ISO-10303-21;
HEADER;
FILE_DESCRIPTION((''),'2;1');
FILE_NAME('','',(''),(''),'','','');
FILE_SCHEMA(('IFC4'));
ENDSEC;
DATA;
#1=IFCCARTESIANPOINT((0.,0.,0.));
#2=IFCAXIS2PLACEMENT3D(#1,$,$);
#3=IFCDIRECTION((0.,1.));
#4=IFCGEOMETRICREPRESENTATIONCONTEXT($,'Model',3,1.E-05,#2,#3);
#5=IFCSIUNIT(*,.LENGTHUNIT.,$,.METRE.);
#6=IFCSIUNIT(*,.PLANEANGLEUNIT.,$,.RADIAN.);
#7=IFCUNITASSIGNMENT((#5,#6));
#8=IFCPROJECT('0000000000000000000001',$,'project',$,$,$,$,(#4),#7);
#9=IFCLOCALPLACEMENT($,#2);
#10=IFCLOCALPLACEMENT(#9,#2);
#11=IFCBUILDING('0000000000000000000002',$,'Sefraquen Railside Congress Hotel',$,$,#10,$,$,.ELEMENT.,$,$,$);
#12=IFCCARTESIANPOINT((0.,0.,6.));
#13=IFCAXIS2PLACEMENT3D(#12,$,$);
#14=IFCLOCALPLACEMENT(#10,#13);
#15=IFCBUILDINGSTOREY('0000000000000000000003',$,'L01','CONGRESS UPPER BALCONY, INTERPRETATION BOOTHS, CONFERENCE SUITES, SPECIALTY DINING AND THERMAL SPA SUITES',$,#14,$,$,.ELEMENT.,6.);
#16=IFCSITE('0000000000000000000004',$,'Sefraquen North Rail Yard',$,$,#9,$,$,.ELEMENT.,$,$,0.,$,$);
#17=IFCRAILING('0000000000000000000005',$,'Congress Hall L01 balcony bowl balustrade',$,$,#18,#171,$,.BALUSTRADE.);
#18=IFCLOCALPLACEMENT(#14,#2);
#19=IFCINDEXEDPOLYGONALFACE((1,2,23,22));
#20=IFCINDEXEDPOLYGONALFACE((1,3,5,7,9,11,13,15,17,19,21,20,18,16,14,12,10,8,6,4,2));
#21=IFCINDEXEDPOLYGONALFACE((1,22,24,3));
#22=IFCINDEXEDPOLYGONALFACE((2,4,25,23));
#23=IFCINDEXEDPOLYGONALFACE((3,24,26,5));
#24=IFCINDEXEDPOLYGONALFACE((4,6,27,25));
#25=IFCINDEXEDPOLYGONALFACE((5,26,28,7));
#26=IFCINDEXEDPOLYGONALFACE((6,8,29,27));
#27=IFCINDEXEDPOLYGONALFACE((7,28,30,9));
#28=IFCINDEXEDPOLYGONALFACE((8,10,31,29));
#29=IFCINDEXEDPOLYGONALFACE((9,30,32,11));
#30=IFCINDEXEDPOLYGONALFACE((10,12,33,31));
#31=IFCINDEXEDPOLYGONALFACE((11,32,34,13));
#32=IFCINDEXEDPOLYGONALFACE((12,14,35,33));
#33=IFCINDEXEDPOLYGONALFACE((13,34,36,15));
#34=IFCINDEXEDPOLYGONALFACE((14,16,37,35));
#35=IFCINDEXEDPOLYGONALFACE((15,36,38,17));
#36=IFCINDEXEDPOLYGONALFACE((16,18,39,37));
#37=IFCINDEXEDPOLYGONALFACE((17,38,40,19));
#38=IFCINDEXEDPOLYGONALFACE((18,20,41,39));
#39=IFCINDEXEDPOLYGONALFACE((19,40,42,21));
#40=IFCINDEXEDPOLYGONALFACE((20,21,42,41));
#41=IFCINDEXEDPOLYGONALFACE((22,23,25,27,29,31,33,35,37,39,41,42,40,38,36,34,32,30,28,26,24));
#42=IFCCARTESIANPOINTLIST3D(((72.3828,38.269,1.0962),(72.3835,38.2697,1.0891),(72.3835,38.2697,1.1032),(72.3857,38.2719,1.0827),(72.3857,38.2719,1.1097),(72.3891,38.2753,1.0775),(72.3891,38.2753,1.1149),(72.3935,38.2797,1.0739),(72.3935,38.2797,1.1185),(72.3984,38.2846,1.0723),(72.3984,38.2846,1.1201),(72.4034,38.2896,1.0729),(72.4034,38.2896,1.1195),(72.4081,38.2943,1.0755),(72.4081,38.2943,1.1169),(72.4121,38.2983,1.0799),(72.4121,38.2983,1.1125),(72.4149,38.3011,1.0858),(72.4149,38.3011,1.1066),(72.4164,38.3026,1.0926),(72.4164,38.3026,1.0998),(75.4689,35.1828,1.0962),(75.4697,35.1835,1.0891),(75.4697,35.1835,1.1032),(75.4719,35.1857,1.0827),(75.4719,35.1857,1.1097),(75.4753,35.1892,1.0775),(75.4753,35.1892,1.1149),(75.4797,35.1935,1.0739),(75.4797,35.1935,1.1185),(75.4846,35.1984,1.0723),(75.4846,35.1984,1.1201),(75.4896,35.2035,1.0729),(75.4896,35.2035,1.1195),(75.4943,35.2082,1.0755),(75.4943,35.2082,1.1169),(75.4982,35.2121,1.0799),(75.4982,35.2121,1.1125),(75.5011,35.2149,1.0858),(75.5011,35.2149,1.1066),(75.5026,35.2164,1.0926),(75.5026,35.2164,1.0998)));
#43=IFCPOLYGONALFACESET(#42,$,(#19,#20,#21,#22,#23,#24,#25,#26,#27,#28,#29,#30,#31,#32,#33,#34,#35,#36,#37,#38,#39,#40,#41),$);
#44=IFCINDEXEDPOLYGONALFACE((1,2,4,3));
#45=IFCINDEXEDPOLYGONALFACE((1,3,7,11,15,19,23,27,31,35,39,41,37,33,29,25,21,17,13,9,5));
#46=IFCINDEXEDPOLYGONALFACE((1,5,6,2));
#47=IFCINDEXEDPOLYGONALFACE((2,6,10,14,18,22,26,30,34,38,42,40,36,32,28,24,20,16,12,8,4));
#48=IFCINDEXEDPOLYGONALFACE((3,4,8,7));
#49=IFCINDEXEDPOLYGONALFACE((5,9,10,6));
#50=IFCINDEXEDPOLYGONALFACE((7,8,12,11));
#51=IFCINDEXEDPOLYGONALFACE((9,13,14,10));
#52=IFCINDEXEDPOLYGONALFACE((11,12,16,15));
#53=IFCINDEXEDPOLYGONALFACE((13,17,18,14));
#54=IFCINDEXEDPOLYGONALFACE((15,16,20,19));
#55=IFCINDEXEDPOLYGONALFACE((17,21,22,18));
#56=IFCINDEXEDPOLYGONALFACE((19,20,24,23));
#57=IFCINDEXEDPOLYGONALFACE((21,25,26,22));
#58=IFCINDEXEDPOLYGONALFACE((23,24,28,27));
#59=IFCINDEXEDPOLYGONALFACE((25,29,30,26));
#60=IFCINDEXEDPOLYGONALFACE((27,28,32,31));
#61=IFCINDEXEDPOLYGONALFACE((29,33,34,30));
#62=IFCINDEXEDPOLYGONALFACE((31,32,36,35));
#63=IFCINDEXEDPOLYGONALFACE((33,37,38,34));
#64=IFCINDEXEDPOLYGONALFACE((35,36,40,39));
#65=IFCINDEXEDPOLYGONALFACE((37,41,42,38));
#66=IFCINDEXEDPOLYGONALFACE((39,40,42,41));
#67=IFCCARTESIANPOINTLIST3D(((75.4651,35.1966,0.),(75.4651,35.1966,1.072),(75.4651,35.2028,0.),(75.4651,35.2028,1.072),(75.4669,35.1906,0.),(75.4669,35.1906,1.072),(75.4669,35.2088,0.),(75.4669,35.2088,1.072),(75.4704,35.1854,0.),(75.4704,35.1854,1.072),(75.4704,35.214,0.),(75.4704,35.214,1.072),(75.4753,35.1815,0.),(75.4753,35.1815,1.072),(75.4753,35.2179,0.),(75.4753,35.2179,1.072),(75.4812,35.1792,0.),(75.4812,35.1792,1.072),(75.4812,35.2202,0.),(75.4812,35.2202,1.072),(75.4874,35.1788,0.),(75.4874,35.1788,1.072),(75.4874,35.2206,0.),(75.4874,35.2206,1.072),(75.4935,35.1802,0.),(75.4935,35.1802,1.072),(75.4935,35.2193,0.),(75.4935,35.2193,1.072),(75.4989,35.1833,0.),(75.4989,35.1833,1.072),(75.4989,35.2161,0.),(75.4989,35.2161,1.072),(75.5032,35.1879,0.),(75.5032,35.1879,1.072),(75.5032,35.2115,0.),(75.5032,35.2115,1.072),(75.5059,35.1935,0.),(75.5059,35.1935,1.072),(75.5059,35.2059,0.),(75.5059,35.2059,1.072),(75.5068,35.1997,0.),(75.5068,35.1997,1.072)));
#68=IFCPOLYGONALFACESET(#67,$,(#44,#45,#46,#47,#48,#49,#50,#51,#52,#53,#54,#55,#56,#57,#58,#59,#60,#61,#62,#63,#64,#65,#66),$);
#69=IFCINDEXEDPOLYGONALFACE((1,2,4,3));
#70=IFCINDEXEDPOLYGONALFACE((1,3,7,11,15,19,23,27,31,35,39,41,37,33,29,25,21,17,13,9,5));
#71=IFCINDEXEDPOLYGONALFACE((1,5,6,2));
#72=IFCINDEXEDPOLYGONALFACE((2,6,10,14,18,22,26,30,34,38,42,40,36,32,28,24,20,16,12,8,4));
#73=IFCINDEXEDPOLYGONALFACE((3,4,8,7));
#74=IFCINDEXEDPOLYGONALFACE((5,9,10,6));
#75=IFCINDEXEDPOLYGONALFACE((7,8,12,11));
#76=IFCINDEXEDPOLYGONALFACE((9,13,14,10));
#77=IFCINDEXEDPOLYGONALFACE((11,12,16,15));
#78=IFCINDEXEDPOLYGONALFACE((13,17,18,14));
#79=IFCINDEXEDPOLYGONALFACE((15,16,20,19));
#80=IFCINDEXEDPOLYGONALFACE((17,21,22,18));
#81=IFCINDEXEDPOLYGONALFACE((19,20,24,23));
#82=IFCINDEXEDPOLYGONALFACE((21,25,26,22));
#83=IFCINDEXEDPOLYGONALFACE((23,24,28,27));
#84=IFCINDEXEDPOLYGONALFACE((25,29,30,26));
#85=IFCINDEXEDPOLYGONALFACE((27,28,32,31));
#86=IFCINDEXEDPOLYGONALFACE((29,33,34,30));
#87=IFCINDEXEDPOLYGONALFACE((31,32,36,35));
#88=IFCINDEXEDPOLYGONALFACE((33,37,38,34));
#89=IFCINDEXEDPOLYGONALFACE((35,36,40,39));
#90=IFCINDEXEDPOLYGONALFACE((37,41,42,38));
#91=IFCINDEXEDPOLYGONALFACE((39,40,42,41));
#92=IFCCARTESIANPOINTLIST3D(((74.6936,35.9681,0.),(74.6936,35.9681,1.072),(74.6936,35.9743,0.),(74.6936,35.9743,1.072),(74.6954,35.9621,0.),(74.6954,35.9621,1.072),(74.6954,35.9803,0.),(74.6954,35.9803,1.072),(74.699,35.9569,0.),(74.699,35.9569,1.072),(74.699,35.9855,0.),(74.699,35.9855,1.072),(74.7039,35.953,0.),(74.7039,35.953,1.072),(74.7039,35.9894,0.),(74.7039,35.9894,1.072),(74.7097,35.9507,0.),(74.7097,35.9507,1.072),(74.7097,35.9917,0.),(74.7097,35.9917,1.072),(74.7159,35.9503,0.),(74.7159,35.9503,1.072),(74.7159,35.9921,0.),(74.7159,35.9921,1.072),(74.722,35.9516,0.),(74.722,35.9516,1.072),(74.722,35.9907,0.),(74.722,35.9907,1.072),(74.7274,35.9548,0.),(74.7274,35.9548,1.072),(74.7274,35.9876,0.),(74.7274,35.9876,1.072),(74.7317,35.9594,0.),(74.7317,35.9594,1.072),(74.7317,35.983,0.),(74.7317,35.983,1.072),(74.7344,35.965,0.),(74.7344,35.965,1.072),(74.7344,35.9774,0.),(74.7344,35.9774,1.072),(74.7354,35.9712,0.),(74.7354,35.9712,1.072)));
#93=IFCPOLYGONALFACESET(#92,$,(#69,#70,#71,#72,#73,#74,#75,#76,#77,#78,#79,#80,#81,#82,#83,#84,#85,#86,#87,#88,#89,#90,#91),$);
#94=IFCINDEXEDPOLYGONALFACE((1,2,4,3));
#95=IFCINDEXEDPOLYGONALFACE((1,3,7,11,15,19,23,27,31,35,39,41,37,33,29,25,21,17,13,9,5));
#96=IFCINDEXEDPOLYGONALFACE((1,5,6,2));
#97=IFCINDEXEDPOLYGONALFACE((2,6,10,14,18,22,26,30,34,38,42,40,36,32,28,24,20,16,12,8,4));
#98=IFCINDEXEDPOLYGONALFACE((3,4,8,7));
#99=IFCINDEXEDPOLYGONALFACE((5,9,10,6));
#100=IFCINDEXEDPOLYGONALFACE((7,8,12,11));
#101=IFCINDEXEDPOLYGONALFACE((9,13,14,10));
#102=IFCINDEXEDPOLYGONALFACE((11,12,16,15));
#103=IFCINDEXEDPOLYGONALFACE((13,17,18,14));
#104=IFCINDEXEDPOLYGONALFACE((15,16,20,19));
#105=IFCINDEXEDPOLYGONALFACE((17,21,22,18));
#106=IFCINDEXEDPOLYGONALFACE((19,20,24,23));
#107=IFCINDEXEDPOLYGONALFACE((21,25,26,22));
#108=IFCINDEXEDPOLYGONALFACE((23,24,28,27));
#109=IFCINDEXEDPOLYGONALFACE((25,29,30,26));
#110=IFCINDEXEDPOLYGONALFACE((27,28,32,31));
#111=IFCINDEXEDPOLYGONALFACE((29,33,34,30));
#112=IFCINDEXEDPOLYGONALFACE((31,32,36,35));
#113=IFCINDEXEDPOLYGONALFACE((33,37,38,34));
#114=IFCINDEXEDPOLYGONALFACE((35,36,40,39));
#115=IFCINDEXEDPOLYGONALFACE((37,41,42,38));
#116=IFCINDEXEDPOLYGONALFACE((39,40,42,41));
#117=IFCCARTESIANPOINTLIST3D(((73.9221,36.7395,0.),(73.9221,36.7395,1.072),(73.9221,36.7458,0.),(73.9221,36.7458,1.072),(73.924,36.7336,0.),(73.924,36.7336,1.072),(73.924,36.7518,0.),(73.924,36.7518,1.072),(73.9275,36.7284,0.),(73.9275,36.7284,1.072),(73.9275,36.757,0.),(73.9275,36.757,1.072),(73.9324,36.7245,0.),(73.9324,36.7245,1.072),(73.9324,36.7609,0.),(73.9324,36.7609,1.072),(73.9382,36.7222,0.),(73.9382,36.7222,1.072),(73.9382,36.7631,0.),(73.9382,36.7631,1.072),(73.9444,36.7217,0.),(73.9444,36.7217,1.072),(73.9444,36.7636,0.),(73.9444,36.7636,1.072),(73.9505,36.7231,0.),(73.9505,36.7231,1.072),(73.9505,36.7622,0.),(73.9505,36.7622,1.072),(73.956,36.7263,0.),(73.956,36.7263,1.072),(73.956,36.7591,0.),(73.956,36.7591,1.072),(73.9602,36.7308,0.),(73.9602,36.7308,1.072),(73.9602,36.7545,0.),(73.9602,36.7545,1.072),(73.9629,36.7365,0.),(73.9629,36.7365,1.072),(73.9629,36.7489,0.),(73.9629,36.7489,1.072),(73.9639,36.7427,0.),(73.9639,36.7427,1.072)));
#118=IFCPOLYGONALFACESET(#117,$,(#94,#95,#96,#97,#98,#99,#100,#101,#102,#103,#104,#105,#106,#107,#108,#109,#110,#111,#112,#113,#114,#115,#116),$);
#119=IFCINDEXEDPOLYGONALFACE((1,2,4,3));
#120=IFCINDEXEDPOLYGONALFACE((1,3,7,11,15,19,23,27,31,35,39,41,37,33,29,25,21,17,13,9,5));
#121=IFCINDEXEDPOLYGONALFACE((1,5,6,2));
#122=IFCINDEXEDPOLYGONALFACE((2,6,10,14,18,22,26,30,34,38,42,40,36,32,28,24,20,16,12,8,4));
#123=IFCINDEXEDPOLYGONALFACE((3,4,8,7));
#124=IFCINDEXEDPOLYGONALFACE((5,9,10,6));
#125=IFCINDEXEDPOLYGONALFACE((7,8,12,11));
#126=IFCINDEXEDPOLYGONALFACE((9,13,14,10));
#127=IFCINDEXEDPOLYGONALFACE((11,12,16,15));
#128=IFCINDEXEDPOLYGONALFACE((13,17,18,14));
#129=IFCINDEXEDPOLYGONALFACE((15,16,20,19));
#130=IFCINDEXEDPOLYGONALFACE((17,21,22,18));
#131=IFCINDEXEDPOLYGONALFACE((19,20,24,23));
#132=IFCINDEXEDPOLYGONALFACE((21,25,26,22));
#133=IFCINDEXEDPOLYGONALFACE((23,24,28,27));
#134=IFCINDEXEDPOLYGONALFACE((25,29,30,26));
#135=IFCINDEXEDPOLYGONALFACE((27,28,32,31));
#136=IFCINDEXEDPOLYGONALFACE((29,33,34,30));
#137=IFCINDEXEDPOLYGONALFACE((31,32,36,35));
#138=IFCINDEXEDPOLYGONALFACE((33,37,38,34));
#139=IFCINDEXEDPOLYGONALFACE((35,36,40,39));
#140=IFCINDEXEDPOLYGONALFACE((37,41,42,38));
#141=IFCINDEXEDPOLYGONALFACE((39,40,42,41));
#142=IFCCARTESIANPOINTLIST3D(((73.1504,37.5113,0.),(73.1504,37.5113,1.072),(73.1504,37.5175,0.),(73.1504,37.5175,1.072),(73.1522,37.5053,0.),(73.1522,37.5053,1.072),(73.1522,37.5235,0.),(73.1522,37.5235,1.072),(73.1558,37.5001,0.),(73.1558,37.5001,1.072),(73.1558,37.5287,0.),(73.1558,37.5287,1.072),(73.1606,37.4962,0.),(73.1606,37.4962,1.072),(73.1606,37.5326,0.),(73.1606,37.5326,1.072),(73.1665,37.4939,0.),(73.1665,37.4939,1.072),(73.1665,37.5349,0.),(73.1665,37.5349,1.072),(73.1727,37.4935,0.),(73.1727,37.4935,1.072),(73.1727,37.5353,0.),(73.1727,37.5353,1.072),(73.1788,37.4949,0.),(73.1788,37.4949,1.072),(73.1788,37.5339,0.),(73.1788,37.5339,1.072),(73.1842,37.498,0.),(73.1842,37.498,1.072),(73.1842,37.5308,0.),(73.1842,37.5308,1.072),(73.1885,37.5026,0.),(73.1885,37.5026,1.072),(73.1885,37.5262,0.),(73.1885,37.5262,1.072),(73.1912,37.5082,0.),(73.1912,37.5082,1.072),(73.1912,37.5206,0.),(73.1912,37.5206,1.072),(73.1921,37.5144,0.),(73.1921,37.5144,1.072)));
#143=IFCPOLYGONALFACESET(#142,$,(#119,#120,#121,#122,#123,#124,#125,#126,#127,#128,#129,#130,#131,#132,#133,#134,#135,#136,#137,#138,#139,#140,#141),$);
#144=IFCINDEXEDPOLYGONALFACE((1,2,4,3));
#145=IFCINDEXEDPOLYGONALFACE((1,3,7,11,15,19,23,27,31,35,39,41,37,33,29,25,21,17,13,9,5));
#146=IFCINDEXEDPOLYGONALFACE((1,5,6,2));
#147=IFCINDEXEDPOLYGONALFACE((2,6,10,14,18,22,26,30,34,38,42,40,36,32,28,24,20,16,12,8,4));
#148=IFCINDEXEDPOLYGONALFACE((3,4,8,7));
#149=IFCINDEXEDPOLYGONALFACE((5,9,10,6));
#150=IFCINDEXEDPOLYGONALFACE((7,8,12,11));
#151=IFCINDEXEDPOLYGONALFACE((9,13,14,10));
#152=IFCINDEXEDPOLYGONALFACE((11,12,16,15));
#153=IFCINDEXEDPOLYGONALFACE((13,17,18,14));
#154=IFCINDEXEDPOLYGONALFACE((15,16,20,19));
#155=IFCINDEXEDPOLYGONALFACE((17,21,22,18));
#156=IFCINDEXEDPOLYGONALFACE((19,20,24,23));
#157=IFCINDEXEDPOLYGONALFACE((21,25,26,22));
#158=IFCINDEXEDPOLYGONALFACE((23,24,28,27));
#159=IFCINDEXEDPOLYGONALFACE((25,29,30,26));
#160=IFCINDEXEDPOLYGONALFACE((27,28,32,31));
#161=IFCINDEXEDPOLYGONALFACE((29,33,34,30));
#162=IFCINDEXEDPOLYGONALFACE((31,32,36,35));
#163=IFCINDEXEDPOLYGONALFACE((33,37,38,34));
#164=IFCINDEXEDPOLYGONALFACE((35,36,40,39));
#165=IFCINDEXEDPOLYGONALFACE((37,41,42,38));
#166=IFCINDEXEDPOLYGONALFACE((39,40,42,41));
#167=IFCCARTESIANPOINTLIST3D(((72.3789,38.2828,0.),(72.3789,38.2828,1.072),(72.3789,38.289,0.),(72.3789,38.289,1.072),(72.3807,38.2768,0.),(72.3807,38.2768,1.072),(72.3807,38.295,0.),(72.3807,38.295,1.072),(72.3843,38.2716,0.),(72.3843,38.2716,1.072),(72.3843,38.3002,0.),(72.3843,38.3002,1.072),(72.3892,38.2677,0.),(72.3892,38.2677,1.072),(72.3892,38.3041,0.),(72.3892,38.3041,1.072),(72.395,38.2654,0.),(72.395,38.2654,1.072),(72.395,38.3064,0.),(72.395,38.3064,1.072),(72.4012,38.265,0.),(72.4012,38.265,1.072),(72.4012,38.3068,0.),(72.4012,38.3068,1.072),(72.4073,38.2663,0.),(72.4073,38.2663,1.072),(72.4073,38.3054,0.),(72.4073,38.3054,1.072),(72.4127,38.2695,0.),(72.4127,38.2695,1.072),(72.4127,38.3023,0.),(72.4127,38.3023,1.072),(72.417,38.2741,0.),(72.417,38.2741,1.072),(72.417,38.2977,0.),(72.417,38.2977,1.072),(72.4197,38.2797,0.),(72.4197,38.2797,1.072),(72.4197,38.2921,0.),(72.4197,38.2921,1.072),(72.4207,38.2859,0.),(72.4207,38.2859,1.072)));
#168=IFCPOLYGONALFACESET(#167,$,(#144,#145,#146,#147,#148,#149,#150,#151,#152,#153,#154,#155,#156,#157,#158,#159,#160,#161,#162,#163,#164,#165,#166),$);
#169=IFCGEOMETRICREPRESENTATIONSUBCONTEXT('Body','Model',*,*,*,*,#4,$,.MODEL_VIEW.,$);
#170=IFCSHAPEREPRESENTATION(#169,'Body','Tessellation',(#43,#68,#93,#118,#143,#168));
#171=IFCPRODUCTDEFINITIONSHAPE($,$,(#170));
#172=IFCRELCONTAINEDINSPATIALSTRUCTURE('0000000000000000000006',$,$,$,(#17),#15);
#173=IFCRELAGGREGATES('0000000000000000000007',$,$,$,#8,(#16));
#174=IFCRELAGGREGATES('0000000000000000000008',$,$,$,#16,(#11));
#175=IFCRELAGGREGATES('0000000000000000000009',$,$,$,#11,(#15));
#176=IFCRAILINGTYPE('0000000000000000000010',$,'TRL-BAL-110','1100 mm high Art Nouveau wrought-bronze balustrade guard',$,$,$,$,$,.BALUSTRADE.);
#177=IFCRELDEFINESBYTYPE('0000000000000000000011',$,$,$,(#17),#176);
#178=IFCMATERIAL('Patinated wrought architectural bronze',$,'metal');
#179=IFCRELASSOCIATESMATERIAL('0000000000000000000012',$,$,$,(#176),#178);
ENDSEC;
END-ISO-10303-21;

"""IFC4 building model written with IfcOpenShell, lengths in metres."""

from ifc_helpers import new_model, si_unit, direction, frame, origin, origin_2d, place, context, subcontext, project, spatial, circle, extrude, material, type_object, element, save


model = new_model("IFC4")

# Units and contexts
model_context = context("Model", 3, precision=1e-05, world=origin(), true_north=direction((0.0, 1.0)))
body_context = subcontext(model_context, "Body", "Model", "MODEL_VIEW")
ifc_project = project(units=[si_unit("LENGTHUNIT", "METRE"), si_unit("PLANEANGLEUNIT", "RADIAN")], contexts=[model_context])

# Site, building, storey
site_placement = place(None, origin())
site = spatial("IfcSite", under=ifc_project, at=site_placement, Name="Sefraquen North Rail Yard", CompositionType="ELEMENT", RefElevation=0.0)
building_placement = place(site_placement, origin())
building = spatial("IfcBuilding", under=site, at=building_placement, Name="Sefraquen Railside Congress Hotel", CompositionType="ELEMENT")
storey_placement = place(building_placement, frame((0.0, 0.0, 6.0)))
storey = spatial("IfcBuildingStorey", under=building, at=storey_placement, Name="L01", Description="CONGRESS UPPER BALCONY, INTERPRETATION BOOTHS, CONFERENCE SUITES, SPECIALTY DINING AND THERMAL SPA SUITES", CompositionType="ELEMENT", Elevation=6.0)

# Railing
ifc_material_1 = material(Name="Patinated wrought architectural bronze", Category="metal")
railing_type = type_object("IfcRailingType", Name="TRL-BAL-110", Description="1100 mm high Art Nouveau wrought-bronze balustrade guard", PredefinedType="BALUSTRADE", material=ifc_material_1)
railing_1_placement = place(storey_placement, frame((75.4858, 35.1997, 0.0)))
element("IfcRailing", 1, at=railing_1_placement, inside=storey, type_object=railing_type, Name="Congress Hall L01 balcony bowl balustrade", PredefinedType="BALUSTRADE", context=body_context, shape_type="SweptSolid", body=[
    extrude(circle(Radius=0.0239, at=origin_2d()), frame((0.0, 0.0, 1.0962), z_axis=(-0.707107, 0.707107, 0.0), x_axis=(-0.707107, -0.707107, 0.0)), (0.0, 0.0, 1.0), 4.3645),
    extrude(circle(Radius=0.021, at=origin_2d()), origin(), (0.0, 0.0, 1.0), 1.072),
    extrude(circle(Radius=0.021, at=origin_2d()), frame((-0.7715, 0.7715, 0.0)), (0.0, 0.0, 1.0), 1.072),
    extrude(circle(Radius=0.021, at=origin_2d()), frame((-1.543, 1.543, 0.0)), (0.0, 0.0, 1.0), 1.072),
    extrude(circle(Radius=0.021, at=origin_2d()), frame((-2.3147, 2.3147, 0.0)), (0.0, 0.0, 1.0), 1.072),
    extrude(circle(Radius=0.021, at=origin_2d()), frame((-3.0862, 3.0862, 0.0)), (0.0, 0.0, 1.0), 1.072),
])

save(model, "model.ifc")
